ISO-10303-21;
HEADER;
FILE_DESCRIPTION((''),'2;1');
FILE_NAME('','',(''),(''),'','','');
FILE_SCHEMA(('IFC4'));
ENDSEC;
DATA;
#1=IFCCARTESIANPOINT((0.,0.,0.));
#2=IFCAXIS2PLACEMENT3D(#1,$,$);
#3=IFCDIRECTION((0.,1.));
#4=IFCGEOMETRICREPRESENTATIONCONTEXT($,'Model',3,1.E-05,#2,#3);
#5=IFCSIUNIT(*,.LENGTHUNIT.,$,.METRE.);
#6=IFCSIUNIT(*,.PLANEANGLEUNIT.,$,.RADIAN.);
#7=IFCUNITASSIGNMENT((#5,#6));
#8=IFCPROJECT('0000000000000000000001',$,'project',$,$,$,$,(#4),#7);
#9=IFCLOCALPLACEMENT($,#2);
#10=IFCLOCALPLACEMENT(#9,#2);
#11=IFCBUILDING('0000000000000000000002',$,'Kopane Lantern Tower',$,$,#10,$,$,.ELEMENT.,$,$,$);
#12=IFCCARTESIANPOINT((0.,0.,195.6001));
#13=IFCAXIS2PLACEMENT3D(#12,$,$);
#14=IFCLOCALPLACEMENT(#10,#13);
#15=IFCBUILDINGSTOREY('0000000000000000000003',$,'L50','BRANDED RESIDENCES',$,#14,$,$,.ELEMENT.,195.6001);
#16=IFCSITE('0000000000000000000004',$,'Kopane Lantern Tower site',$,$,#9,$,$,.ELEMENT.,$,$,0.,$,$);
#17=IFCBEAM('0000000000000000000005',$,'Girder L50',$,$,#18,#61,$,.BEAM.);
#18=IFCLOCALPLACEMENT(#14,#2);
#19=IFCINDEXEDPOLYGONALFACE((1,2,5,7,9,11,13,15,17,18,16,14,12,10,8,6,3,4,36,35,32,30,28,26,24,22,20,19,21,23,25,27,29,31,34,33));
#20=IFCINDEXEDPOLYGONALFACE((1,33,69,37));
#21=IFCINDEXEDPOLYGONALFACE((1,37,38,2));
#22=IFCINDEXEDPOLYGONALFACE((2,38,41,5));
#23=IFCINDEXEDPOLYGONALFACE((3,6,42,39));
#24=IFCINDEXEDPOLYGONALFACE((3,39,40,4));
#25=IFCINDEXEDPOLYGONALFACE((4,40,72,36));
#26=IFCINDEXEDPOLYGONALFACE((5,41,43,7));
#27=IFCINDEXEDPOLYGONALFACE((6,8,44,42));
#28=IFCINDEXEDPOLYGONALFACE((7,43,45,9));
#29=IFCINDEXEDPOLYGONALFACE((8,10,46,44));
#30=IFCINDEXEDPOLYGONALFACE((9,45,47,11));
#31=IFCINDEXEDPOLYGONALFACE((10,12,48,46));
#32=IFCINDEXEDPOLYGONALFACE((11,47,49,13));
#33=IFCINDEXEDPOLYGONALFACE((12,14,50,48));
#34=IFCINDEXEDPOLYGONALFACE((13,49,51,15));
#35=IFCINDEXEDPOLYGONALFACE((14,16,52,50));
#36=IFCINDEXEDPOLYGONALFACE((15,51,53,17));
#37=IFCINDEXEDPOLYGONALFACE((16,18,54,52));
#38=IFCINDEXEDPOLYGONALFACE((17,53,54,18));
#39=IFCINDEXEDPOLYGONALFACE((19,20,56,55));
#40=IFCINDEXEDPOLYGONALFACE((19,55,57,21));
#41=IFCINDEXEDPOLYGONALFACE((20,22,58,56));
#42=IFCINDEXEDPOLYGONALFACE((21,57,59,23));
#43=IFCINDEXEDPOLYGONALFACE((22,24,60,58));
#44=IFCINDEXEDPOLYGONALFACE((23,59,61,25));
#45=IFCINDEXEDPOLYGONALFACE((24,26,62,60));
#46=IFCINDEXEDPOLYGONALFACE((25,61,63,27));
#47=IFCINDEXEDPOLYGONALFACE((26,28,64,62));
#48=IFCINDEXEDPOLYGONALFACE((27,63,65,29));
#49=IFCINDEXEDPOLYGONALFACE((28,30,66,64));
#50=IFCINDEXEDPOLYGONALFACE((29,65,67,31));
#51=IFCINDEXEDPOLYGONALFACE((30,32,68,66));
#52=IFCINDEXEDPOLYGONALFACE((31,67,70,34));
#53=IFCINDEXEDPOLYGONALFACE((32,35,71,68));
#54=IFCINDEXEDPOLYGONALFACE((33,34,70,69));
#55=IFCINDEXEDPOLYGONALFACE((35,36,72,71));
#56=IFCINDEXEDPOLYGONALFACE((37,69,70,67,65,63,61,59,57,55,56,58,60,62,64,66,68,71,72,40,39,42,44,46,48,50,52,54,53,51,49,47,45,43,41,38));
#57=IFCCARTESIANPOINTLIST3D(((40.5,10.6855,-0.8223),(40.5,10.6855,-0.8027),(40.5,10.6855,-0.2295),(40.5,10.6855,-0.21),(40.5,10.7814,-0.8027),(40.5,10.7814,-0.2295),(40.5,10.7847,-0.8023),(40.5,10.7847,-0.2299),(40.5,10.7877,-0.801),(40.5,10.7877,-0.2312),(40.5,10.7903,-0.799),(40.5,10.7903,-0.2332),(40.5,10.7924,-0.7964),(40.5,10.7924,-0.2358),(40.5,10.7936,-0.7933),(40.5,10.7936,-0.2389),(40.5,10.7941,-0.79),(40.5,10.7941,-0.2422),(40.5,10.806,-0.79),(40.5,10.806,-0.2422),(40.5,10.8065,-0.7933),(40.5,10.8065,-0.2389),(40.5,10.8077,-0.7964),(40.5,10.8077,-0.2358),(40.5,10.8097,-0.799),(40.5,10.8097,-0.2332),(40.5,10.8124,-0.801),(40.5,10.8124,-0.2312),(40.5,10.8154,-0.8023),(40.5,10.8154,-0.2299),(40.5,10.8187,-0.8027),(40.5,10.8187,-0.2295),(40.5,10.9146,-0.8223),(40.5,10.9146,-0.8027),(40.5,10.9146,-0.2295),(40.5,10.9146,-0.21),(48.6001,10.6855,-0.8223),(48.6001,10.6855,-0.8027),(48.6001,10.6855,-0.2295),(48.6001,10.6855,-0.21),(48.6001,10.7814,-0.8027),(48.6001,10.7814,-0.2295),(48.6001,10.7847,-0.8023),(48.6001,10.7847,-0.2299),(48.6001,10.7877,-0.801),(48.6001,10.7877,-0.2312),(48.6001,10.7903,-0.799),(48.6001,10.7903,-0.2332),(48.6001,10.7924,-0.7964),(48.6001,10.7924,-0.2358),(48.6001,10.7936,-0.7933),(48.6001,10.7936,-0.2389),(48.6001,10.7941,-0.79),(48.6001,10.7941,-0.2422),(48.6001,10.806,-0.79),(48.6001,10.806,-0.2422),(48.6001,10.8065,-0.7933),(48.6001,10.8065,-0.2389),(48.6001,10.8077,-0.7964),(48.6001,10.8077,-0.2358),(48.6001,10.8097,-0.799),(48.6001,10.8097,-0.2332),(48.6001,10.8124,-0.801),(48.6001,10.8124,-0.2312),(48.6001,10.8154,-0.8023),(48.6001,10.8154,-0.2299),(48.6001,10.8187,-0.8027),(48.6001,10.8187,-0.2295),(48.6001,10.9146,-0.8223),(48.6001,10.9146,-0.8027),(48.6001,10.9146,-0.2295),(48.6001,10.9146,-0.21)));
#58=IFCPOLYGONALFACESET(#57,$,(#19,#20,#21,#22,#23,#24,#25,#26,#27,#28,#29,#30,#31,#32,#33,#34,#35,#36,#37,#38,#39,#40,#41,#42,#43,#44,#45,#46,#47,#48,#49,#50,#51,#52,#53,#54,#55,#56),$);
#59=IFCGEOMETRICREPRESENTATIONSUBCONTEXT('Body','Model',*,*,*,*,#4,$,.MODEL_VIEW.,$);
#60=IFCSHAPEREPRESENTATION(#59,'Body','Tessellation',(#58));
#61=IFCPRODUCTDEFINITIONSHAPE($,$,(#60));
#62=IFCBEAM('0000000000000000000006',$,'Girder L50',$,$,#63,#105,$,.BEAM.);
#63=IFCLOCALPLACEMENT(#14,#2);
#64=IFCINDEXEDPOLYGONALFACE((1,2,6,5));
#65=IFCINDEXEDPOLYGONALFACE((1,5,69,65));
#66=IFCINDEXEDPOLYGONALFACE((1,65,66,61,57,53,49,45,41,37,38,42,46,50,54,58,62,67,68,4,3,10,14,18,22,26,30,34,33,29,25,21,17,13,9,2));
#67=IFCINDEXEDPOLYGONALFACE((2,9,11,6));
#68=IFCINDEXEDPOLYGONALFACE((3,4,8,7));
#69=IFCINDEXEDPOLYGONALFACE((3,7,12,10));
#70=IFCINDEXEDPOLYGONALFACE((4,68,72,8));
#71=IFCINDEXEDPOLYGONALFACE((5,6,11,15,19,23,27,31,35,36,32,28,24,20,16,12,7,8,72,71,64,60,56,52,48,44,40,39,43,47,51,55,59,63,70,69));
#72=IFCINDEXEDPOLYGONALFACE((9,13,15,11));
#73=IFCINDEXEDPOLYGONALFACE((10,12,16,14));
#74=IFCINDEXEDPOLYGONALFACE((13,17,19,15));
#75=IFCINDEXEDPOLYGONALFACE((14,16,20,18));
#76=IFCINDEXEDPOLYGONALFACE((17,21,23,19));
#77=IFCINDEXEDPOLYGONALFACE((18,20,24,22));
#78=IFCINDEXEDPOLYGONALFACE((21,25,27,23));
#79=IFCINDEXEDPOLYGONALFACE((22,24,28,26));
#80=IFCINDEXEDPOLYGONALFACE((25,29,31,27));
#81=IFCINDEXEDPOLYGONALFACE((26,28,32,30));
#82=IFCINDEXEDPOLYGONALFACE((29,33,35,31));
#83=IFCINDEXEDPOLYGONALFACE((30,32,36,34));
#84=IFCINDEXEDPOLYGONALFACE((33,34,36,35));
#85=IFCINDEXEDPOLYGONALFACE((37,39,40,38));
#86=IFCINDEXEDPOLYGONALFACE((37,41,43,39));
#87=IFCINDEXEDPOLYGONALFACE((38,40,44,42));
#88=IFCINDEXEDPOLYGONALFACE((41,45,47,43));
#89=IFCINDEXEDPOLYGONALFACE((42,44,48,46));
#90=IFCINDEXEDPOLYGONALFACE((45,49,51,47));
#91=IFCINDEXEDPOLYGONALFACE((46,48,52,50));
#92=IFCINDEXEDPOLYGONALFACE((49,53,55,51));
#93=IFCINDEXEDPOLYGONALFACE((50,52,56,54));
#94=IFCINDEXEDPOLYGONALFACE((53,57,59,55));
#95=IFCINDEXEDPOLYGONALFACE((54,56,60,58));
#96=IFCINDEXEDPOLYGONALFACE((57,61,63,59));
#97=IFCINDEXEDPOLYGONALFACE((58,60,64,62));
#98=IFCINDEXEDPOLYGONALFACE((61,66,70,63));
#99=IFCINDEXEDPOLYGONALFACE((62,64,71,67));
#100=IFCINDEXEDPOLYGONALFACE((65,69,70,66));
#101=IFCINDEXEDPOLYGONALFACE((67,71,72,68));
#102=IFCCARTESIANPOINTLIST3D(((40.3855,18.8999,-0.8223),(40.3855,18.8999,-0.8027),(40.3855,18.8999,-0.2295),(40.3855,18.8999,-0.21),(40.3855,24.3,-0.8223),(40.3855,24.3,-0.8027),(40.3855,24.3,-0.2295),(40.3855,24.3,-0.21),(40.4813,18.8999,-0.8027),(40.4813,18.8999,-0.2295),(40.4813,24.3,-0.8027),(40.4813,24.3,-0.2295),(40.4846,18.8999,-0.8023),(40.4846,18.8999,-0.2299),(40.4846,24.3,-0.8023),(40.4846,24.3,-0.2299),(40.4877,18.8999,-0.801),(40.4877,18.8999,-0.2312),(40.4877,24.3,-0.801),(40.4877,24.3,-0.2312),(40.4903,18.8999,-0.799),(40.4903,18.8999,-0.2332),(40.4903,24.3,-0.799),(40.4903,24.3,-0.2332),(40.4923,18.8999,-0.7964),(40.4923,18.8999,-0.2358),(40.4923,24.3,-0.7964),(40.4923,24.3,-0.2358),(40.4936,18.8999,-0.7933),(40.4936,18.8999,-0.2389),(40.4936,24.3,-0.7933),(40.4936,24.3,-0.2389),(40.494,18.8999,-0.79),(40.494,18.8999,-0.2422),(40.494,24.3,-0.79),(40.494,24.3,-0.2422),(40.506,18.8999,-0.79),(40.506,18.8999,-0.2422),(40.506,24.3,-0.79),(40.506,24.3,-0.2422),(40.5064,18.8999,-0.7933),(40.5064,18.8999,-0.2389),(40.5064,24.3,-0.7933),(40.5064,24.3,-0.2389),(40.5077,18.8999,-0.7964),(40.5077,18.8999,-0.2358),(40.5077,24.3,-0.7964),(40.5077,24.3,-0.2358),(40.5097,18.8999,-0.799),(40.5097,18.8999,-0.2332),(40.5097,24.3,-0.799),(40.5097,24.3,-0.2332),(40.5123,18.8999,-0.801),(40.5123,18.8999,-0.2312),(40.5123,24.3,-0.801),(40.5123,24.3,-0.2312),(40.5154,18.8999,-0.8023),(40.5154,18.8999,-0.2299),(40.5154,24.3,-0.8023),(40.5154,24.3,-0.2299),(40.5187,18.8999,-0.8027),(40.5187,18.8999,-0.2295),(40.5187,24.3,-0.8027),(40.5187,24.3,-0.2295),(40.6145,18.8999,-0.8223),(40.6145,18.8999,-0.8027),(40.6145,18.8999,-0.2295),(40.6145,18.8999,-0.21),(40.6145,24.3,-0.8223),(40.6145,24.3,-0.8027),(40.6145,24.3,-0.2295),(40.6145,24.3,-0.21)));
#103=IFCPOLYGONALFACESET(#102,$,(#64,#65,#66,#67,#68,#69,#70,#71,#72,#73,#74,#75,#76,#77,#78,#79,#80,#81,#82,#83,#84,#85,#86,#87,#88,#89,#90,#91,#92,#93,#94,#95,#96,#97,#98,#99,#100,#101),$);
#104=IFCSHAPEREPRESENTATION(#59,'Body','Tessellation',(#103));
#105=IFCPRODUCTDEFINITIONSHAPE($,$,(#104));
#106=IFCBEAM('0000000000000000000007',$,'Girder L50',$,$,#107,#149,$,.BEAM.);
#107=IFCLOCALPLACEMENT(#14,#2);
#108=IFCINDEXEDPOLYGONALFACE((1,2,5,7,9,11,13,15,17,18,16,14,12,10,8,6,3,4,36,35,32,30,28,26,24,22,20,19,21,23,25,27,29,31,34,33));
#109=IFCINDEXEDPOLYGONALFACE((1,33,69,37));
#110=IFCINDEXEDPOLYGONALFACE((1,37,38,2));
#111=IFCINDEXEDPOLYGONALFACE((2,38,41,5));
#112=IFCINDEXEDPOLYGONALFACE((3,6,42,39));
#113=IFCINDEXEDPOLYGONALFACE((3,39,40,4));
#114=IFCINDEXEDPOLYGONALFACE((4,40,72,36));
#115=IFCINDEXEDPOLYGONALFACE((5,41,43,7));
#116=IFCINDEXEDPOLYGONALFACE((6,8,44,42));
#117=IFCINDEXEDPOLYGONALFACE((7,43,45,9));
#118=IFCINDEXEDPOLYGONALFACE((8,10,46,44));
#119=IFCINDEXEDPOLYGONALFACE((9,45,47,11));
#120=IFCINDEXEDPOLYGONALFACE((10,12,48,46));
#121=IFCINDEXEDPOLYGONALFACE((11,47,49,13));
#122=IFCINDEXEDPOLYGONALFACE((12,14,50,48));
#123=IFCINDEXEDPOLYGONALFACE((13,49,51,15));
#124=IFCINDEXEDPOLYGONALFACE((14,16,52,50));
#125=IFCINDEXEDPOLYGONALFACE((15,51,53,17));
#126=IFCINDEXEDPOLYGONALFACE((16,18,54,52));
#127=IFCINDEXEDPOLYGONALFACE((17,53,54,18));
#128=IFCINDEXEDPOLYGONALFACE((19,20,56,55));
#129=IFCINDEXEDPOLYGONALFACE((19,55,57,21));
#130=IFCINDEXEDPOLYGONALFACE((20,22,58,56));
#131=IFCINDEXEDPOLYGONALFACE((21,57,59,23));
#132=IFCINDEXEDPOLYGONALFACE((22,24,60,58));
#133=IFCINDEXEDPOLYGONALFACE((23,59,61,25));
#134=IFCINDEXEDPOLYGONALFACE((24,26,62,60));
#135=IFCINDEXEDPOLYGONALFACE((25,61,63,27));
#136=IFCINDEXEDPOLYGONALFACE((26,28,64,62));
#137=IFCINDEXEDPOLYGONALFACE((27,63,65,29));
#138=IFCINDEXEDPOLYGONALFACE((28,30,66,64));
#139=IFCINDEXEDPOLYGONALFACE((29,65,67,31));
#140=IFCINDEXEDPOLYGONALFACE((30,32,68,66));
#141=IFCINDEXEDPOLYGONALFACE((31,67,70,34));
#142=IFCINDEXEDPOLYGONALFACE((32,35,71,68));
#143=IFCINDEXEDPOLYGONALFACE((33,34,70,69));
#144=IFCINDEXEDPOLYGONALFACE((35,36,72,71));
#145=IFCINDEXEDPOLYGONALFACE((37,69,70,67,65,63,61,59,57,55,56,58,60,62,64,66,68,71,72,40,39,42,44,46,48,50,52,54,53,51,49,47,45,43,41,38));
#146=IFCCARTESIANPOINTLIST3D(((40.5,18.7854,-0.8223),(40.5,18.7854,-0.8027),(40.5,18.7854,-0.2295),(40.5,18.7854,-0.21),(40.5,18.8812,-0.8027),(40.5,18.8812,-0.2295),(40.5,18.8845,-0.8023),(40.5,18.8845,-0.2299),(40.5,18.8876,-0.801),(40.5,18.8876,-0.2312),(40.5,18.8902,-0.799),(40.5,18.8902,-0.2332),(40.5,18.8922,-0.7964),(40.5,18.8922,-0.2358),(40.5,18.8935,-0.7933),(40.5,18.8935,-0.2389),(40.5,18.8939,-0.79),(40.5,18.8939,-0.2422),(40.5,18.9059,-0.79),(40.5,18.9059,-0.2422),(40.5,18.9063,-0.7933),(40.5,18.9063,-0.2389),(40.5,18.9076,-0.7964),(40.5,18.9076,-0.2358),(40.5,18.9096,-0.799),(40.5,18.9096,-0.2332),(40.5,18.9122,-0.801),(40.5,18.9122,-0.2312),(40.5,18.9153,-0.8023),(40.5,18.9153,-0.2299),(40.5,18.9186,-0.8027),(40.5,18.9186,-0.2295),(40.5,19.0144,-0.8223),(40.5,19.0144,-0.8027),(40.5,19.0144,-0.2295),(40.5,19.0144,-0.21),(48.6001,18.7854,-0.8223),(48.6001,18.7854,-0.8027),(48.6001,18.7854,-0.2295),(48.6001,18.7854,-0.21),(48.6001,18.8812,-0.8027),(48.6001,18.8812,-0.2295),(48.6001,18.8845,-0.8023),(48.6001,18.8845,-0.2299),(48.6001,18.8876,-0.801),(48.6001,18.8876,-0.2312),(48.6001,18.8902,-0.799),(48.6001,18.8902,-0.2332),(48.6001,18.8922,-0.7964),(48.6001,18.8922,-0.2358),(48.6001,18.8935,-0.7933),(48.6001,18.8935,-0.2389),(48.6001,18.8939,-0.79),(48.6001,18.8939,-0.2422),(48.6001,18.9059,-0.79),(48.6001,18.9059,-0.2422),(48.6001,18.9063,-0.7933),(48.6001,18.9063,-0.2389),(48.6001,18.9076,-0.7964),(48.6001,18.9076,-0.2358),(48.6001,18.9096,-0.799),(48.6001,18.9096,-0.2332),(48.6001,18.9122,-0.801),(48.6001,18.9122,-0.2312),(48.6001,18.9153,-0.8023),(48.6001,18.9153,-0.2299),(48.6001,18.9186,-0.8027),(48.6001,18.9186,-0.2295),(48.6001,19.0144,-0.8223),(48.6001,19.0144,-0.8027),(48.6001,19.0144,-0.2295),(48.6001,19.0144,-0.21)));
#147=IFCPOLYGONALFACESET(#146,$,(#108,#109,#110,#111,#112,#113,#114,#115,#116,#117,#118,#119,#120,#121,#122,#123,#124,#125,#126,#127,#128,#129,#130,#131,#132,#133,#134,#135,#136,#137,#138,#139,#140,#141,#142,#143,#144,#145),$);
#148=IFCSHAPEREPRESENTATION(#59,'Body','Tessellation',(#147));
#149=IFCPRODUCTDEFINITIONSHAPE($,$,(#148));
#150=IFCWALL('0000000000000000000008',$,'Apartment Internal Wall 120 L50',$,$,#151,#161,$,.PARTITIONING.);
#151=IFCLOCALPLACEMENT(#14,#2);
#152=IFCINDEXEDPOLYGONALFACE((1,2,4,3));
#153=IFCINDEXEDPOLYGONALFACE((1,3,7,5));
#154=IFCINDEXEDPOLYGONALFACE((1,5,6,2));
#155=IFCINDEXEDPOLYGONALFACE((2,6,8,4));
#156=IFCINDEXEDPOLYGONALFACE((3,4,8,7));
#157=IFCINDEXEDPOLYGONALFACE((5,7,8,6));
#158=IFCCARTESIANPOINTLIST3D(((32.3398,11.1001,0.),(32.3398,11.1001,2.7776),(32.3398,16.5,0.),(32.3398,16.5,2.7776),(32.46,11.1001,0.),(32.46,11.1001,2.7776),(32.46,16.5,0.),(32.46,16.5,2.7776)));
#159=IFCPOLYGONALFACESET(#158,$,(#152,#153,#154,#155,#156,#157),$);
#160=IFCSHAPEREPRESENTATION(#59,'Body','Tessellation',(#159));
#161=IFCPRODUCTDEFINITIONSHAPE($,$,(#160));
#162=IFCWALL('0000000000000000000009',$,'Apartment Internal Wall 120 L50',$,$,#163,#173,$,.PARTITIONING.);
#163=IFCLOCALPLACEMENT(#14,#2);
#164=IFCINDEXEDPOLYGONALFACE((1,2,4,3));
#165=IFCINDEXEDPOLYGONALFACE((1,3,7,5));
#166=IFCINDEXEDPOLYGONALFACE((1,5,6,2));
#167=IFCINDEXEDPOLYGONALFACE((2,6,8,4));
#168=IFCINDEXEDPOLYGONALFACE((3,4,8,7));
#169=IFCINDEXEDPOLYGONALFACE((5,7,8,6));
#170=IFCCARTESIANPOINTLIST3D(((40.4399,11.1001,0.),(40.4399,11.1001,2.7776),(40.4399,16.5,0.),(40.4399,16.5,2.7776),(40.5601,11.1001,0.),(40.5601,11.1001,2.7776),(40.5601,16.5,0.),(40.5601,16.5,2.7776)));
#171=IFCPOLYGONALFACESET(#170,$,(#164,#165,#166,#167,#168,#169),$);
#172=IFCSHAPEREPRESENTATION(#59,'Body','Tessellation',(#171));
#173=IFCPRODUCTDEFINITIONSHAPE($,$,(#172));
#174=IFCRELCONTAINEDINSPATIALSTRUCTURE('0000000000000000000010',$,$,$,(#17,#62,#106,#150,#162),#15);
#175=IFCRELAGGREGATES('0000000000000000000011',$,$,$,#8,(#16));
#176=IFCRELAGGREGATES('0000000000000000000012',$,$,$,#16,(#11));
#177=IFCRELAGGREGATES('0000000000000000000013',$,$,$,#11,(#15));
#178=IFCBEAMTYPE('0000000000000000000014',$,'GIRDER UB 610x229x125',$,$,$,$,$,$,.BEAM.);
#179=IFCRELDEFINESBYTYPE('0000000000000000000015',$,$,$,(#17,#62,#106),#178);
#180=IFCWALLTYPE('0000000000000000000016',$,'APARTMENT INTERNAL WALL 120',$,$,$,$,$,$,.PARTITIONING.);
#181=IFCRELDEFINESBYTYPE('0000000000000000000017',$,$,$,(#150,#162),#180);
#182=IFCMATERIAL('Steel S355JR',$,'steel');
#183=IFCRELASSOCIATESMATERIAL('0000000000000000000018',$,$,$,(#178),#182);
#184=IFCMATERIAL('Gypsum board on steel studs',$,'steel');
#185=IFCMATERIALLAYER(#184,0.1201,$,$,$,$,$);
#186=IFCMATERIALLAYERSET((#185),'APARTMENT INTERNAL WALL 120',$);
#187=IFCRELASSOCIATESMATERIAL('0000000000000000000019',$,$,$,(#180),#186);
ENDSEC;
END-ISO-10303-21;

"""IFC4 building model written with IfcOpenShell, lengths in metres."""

from ifc_helpers import new_model, si_unit, direction, frame, frame_2d, origin, origin_2d, place, context, subcontext, project, spatial, rectangle, i_section, extrude, material, layer, layer_set, material_profile, profile_set, type_object, element, save


model = new_model("IFC4")

# Units and contexts
model_context = context("Model", 3, precision=1e-05, world=origin(), true_north=direction((0.0, 1.0)))
body_context = subcontext(model_context, "Body", "Model", "MODEL_VIEW")
ifc_project = project(units=[si_unit("LENGTHUNIT", "METRE"), si_unit("PLANEANGLEUNIT", "RADIAN")], contexts=[model_context])

# Site, building, storey
site_placement = place(None, origin())
site = spatial("IfcSite", under=ifc_project, at=site_placement, Name="Kopane Lantern Tower site", CompositionType="ELEMENT", RefElevation=0.0)
building_placement = place(site_placement, origin())
building = spatial("IfcBuilding", under=site, at=building_placement, Name="Kopane Lantern Tower", CompositionType="ELEMENT")
storey_placement = place(building_placement, frame((0.0, 0.0, 195.6001)))
storey = spatial("IfcBuildingStorey", under=building, at=storey_placement, Name="L50", Description="BRANDED RESIDENCES", CompositionType="ELEMENT", Elevation=195.6001)

# Beams
ifc_material_1 = material(Name="Steel S355JR", Category="steel")
ifc_material_profile_1 = material_profile(ifc_material_1, i_section(OverallWidth=0.229, OverallDepth=0.6123, WebThickness=0.012, FlangeThickness=0.0195, FilletRadius=0.0127, at=origin_2d()), Name="UB 610x229x125")
ifc_profile_set_1 = profile_set([ifc_material_profile_1], Name="Steel S355JR")
beam_type = type_object("IfcBeamType", Name="GIRDER UB 610x229x125", PredefinedType="BEAM", material=ifc_profile_set_1)
beam_1_placement = place(storey_placement, frame((40.5, 10.8, -0.5161), z_axis=(1.0, 0.0, 0.0), x_axis=(0.0, 1.0, 0.0)))
element("IfcBeam", 1, at=beam_1_placement, inside=storey, type_object=beam_type, Name="Girder L50", PredefinedType="BEAM", context=body_context, shape_type="SweptSolid", body=[
    extrude(i_section(OverallWidth=0.229, OverallDepth=0.6123, WebThickness=0.012, FlangeThickness=0.0195, FilletRadius=0.0127, at=origin_2d()), origin(), (0.0, 0.0, 1.0), 8.1001),
])
beam_2_placement = place(storey_placement, frame((40.5, 18.8999, -0.5161), z_axis=(0.0, 1.0, 0.0), x_axis=(-1.0, 0.0, 0.0)))
element("IfcBeam", 2, at=beam_2_placement, inside=storey, type_object=beam_type, Name="Girder L50", PredefinedType="BEAM", context=body_context, shape_type="SweptSolid", body=[
    extrude(i_section(OverallWidth=0.229, OverallDepth=0.6123, WebThickness=0.012, FlangeThickness=0.0195, FilletRadius=0.0127, at=origin_2d()), origin(), (0.0, 0.0, 1.0), 5.4001),
])
beam_3_placement = place(storey_placement, frame((40.5, 18.8999, -0.5161), z_axis=(1.0, 0.0, 0.0), x_axis=(0.0, 1.0, 0.0)))
element("IfcBeam", 3, at=beam_3_placement, inside=storey, type_object=beam_type, Name="Girder L50", PredefinedType="BEAM", context=body_context, shape_type="SweptSolid", body=[
    extrude(i_section(OverallWidth=0.229, OverallDepth=0.6123, WebThickness=0.012, FlangeThickness=0.0195, FilletRadius=0.0127, at=origin_2d()), origin(), (0.0, 0.0, 1.0), 8.1001),
])

# Walls
ifc_material_2 = material(Name="Gypsum board on steel studs", Category="steel")
ifc_layer_1 = layer(ifc_material_2, 0.1201)
ifc_layer_set_1 = layer_set([ifc_layer_1], Name="APARTMENT INTERNAL WALL 120")
wall_type_1 = type_object("IfcWallType", Name="APARTMENT INTERNAL WALL 120", PredefinedType="PARTITIONING", material=ifc_layer_set_1)
for number, where, z_axis, x_axis, name in (
    (4, (32.3999, 16.5, 0.0), (0.0, 0.0, 1.0), (0.0, -1.0, 0.0), "Apartment Internal Wall 120 L50"),
    (5, (40.5, 16.5, 0.0), (0.0, 0.0, 1.0), (0.0, -1.0, 0.0), "Apartment Internal Wall 120 L50"),
):
    element("IfcWall", number, at=place(storey_placement, frame(where, z_axis=z_axis, x_axis=x_axis)), inside=storey, type_object=wall_type_1, Name=name, PredefinedType="PARTITIONING", context=body_context, shape_type="SweptSolid", body=[
        extrude(rectangle(XDim=5.3999, YDim=0.1201, at=frame_2d((2.7, 0.0))), origin(), (0.0, 0.0, 1.0), 2.7776),
    ])

save(model, "model.ifc")
